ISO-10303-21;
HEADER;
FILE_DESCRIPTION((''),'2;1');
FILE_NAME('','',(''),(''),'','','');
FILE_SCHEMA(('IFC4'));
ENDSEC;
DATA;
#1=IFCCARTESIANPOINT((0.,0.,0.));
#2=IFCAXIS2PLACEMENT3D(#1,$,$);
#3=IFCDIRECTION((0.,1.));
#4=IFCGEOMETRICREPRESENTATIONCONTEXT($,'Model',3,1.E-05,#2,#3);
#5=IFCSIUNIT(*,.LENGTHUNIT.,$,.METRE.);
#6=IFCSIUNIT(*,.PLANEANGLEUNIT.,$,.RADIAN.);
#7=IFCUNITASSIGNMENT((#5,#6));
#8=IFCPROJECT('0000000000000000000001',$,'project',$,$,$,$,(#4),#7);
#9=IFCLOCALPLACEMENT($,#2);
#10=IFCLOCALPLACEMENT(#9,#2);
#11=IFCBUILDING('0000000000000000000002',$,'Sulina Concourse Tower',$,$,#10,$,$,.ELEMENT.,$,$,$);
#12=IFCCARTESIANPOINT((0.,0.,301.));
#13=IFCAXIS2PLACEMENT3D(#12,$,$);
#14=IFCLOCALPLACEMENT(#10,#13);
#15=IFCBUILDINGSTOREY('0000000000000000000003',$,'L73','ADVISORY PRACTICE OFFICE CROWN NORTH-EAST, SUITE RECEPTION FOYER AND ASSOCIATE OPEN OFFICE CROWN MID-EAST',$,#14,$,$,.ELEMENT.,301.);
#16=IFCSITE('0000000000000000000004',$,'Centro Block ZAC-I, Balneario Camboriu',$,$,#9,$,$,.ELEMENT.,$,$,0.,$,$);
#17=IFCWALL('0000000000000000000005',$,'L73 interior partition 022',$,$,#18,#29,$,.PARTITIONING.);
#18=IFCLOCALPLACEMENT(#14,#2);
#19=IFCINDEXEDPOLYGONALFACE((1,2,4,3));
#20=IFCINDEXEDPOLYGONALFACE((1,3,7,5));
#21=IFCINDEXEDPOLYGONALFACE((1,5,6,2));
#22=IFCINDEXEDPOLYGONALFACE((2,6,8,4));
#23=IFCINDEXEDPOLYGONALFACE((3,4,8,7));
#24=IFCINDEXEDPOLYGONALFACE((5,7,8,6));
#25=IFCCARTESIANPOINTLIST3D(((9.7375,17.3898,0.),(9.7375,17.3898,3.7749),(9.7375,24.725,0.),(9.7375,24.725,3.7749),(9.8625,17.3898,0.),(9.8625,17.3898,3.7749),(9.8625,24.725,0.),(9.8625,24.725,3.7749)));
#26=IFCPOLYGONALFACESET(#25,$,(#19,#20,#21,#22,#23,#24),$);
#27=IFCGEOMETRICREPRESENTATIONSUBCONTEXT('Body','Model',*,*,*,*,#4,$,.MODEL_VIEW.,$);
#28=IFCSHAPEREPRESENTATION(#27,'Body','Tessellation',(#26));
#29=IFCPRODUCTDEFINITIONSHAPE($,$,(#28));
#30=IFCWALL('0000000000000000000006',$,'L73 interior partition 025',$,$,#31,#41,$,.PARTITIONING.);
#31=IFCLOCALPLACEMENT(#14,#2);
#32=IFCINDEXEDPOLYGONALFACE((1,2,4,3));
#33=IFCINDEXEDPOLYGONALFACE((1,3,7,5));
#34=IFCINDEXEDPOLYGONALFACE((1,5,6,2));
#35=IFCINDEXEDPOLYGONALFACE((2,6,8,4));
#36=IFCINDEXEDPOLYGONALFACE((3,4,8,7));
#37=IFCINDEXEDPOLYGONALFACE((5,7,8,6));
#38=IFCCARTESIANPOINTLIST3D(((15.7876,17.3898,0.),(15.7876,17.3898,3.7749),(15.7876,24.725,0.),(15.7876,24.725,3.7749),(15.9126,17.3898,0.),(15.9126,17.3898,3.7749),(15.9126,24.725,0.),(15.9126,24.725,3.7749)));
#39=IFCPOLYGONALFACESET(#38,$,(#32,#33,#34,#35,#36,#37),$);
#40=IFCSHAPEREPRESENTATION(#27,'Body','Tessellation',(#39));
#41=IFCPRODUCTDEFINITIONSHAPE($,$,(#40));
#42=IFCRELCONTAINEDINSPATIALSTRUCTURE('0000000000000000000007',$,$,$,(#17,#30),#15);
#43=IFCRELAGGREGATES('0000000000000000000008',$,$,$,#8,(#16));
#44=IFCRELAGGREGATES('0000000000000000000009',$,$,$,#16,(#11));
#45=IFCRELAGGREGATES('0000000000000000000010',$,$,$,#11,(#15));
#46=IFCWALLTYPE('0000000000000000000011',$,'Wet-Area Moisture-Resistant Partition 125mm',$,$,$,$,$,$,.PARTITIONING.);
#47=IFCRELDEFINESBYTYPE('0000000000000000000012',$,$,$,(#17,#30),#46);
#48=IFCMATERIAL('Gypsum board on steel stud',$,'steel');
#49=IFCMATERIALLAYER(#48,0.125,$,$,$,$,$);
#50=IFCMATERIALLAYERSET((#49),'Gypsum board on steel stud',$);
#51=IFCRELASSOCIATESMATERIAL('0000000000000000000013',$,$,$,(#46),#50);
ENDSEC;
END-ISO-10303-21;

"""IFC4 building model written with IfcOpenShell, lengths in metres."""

from ifc_helpers import new_model, si_unit, direction, frame, frame_2d, origin, place, context, subcontext, project, spatial, rectangle, extrude, material, layer, layer_set, type_object, element, save


model = new_model("IFC4")

# Units and contexts
model_context = context("Model", 3, precision=1e-05, world=origin(), true_north=direction((0.0, 1.0)))
body_context = subcontext(model_context, "Body", "Model", "MODEL_VIEW")
ifc_project = project(units=[si_unit("LENGTHUNIT", "METRE"), si_unit("PLANEANGLEUNIT", "RADIAN")], contexts=[model_context])

# Site, building, storey
site_placement = place(None, origin())
site = spatial("IfcSite", under=ifc_project, at=site_placement, Name="Centro Block ZAC-I, Balneario Camboriu", CompositionType="ELEMENT", RefElevation=0.0)
building_placement = place(site_placement, origin())
building = spatial("IfcBuilding", under=site, at=building_placement, Name="Sulina Concourse Tower", CompositionType="ELEMENT")
storey_placement = place(building_placement, frame((0.0, 0.0, 301.0)))
storey = spatial("IfcBuildingStorey", under=building, at=storey_placement, Name="L73", Description="ADVISORY PRACTICE OFFICE CROWN NORTH-EAST, SUITE RECEPTION FOYER AND ASSOCIATE OPEN OFFICE CROWN MID-EAST", CompositionType="ELEMENT", Elevation=301.0)

# Shared definitions
ifc_material_1 = material(Name="Gypsum board on steel stud", Category="steel")
ifc_layer_1 = layer(ifc_material_1, 0.125)
ifc_layer_set_1 = layer_set([ifc_layer_1], Name="Gypsum board on steel stud")
wall_type_1 = type_object("IfcWallType", Name="Wet-Area Moisture-Resistant Partition 125mm", PredefinedType="PARTITIONING", material=ifc_layer_set_1)

# Walls
for number, where, z_axis, x_axis, name in (
    (1, (9.8, 17.3899, 0.0), (0.0, 0.0, 1.0), (0.0, 1.0, 0.0), "L73 interior partition 022"),
    (2, (15.8501, 17.3899, 0.0), (0.0, 0.0, 1.0), (0.0, 1.0, 0.0), "L73 interior partition 025"),
):
    element("IfcWall", number, at=place(storey_placement, frame(where, z_axis=z_axis, x_axis=x_axis)), inside=storey, type_object=wall_type_1, Name=name, PredefinedType="PARTITIONING", context=body_context, shape_type="SweptSolid", body=[
        extrude(rectangle(XDim=7.3352, YDim=0.125, at=frame_2d((3.6675, 0.0))), origin(), (0.0, 0.0, 1.0), 3.7749),
    ])

save(model, "model.ifc")
